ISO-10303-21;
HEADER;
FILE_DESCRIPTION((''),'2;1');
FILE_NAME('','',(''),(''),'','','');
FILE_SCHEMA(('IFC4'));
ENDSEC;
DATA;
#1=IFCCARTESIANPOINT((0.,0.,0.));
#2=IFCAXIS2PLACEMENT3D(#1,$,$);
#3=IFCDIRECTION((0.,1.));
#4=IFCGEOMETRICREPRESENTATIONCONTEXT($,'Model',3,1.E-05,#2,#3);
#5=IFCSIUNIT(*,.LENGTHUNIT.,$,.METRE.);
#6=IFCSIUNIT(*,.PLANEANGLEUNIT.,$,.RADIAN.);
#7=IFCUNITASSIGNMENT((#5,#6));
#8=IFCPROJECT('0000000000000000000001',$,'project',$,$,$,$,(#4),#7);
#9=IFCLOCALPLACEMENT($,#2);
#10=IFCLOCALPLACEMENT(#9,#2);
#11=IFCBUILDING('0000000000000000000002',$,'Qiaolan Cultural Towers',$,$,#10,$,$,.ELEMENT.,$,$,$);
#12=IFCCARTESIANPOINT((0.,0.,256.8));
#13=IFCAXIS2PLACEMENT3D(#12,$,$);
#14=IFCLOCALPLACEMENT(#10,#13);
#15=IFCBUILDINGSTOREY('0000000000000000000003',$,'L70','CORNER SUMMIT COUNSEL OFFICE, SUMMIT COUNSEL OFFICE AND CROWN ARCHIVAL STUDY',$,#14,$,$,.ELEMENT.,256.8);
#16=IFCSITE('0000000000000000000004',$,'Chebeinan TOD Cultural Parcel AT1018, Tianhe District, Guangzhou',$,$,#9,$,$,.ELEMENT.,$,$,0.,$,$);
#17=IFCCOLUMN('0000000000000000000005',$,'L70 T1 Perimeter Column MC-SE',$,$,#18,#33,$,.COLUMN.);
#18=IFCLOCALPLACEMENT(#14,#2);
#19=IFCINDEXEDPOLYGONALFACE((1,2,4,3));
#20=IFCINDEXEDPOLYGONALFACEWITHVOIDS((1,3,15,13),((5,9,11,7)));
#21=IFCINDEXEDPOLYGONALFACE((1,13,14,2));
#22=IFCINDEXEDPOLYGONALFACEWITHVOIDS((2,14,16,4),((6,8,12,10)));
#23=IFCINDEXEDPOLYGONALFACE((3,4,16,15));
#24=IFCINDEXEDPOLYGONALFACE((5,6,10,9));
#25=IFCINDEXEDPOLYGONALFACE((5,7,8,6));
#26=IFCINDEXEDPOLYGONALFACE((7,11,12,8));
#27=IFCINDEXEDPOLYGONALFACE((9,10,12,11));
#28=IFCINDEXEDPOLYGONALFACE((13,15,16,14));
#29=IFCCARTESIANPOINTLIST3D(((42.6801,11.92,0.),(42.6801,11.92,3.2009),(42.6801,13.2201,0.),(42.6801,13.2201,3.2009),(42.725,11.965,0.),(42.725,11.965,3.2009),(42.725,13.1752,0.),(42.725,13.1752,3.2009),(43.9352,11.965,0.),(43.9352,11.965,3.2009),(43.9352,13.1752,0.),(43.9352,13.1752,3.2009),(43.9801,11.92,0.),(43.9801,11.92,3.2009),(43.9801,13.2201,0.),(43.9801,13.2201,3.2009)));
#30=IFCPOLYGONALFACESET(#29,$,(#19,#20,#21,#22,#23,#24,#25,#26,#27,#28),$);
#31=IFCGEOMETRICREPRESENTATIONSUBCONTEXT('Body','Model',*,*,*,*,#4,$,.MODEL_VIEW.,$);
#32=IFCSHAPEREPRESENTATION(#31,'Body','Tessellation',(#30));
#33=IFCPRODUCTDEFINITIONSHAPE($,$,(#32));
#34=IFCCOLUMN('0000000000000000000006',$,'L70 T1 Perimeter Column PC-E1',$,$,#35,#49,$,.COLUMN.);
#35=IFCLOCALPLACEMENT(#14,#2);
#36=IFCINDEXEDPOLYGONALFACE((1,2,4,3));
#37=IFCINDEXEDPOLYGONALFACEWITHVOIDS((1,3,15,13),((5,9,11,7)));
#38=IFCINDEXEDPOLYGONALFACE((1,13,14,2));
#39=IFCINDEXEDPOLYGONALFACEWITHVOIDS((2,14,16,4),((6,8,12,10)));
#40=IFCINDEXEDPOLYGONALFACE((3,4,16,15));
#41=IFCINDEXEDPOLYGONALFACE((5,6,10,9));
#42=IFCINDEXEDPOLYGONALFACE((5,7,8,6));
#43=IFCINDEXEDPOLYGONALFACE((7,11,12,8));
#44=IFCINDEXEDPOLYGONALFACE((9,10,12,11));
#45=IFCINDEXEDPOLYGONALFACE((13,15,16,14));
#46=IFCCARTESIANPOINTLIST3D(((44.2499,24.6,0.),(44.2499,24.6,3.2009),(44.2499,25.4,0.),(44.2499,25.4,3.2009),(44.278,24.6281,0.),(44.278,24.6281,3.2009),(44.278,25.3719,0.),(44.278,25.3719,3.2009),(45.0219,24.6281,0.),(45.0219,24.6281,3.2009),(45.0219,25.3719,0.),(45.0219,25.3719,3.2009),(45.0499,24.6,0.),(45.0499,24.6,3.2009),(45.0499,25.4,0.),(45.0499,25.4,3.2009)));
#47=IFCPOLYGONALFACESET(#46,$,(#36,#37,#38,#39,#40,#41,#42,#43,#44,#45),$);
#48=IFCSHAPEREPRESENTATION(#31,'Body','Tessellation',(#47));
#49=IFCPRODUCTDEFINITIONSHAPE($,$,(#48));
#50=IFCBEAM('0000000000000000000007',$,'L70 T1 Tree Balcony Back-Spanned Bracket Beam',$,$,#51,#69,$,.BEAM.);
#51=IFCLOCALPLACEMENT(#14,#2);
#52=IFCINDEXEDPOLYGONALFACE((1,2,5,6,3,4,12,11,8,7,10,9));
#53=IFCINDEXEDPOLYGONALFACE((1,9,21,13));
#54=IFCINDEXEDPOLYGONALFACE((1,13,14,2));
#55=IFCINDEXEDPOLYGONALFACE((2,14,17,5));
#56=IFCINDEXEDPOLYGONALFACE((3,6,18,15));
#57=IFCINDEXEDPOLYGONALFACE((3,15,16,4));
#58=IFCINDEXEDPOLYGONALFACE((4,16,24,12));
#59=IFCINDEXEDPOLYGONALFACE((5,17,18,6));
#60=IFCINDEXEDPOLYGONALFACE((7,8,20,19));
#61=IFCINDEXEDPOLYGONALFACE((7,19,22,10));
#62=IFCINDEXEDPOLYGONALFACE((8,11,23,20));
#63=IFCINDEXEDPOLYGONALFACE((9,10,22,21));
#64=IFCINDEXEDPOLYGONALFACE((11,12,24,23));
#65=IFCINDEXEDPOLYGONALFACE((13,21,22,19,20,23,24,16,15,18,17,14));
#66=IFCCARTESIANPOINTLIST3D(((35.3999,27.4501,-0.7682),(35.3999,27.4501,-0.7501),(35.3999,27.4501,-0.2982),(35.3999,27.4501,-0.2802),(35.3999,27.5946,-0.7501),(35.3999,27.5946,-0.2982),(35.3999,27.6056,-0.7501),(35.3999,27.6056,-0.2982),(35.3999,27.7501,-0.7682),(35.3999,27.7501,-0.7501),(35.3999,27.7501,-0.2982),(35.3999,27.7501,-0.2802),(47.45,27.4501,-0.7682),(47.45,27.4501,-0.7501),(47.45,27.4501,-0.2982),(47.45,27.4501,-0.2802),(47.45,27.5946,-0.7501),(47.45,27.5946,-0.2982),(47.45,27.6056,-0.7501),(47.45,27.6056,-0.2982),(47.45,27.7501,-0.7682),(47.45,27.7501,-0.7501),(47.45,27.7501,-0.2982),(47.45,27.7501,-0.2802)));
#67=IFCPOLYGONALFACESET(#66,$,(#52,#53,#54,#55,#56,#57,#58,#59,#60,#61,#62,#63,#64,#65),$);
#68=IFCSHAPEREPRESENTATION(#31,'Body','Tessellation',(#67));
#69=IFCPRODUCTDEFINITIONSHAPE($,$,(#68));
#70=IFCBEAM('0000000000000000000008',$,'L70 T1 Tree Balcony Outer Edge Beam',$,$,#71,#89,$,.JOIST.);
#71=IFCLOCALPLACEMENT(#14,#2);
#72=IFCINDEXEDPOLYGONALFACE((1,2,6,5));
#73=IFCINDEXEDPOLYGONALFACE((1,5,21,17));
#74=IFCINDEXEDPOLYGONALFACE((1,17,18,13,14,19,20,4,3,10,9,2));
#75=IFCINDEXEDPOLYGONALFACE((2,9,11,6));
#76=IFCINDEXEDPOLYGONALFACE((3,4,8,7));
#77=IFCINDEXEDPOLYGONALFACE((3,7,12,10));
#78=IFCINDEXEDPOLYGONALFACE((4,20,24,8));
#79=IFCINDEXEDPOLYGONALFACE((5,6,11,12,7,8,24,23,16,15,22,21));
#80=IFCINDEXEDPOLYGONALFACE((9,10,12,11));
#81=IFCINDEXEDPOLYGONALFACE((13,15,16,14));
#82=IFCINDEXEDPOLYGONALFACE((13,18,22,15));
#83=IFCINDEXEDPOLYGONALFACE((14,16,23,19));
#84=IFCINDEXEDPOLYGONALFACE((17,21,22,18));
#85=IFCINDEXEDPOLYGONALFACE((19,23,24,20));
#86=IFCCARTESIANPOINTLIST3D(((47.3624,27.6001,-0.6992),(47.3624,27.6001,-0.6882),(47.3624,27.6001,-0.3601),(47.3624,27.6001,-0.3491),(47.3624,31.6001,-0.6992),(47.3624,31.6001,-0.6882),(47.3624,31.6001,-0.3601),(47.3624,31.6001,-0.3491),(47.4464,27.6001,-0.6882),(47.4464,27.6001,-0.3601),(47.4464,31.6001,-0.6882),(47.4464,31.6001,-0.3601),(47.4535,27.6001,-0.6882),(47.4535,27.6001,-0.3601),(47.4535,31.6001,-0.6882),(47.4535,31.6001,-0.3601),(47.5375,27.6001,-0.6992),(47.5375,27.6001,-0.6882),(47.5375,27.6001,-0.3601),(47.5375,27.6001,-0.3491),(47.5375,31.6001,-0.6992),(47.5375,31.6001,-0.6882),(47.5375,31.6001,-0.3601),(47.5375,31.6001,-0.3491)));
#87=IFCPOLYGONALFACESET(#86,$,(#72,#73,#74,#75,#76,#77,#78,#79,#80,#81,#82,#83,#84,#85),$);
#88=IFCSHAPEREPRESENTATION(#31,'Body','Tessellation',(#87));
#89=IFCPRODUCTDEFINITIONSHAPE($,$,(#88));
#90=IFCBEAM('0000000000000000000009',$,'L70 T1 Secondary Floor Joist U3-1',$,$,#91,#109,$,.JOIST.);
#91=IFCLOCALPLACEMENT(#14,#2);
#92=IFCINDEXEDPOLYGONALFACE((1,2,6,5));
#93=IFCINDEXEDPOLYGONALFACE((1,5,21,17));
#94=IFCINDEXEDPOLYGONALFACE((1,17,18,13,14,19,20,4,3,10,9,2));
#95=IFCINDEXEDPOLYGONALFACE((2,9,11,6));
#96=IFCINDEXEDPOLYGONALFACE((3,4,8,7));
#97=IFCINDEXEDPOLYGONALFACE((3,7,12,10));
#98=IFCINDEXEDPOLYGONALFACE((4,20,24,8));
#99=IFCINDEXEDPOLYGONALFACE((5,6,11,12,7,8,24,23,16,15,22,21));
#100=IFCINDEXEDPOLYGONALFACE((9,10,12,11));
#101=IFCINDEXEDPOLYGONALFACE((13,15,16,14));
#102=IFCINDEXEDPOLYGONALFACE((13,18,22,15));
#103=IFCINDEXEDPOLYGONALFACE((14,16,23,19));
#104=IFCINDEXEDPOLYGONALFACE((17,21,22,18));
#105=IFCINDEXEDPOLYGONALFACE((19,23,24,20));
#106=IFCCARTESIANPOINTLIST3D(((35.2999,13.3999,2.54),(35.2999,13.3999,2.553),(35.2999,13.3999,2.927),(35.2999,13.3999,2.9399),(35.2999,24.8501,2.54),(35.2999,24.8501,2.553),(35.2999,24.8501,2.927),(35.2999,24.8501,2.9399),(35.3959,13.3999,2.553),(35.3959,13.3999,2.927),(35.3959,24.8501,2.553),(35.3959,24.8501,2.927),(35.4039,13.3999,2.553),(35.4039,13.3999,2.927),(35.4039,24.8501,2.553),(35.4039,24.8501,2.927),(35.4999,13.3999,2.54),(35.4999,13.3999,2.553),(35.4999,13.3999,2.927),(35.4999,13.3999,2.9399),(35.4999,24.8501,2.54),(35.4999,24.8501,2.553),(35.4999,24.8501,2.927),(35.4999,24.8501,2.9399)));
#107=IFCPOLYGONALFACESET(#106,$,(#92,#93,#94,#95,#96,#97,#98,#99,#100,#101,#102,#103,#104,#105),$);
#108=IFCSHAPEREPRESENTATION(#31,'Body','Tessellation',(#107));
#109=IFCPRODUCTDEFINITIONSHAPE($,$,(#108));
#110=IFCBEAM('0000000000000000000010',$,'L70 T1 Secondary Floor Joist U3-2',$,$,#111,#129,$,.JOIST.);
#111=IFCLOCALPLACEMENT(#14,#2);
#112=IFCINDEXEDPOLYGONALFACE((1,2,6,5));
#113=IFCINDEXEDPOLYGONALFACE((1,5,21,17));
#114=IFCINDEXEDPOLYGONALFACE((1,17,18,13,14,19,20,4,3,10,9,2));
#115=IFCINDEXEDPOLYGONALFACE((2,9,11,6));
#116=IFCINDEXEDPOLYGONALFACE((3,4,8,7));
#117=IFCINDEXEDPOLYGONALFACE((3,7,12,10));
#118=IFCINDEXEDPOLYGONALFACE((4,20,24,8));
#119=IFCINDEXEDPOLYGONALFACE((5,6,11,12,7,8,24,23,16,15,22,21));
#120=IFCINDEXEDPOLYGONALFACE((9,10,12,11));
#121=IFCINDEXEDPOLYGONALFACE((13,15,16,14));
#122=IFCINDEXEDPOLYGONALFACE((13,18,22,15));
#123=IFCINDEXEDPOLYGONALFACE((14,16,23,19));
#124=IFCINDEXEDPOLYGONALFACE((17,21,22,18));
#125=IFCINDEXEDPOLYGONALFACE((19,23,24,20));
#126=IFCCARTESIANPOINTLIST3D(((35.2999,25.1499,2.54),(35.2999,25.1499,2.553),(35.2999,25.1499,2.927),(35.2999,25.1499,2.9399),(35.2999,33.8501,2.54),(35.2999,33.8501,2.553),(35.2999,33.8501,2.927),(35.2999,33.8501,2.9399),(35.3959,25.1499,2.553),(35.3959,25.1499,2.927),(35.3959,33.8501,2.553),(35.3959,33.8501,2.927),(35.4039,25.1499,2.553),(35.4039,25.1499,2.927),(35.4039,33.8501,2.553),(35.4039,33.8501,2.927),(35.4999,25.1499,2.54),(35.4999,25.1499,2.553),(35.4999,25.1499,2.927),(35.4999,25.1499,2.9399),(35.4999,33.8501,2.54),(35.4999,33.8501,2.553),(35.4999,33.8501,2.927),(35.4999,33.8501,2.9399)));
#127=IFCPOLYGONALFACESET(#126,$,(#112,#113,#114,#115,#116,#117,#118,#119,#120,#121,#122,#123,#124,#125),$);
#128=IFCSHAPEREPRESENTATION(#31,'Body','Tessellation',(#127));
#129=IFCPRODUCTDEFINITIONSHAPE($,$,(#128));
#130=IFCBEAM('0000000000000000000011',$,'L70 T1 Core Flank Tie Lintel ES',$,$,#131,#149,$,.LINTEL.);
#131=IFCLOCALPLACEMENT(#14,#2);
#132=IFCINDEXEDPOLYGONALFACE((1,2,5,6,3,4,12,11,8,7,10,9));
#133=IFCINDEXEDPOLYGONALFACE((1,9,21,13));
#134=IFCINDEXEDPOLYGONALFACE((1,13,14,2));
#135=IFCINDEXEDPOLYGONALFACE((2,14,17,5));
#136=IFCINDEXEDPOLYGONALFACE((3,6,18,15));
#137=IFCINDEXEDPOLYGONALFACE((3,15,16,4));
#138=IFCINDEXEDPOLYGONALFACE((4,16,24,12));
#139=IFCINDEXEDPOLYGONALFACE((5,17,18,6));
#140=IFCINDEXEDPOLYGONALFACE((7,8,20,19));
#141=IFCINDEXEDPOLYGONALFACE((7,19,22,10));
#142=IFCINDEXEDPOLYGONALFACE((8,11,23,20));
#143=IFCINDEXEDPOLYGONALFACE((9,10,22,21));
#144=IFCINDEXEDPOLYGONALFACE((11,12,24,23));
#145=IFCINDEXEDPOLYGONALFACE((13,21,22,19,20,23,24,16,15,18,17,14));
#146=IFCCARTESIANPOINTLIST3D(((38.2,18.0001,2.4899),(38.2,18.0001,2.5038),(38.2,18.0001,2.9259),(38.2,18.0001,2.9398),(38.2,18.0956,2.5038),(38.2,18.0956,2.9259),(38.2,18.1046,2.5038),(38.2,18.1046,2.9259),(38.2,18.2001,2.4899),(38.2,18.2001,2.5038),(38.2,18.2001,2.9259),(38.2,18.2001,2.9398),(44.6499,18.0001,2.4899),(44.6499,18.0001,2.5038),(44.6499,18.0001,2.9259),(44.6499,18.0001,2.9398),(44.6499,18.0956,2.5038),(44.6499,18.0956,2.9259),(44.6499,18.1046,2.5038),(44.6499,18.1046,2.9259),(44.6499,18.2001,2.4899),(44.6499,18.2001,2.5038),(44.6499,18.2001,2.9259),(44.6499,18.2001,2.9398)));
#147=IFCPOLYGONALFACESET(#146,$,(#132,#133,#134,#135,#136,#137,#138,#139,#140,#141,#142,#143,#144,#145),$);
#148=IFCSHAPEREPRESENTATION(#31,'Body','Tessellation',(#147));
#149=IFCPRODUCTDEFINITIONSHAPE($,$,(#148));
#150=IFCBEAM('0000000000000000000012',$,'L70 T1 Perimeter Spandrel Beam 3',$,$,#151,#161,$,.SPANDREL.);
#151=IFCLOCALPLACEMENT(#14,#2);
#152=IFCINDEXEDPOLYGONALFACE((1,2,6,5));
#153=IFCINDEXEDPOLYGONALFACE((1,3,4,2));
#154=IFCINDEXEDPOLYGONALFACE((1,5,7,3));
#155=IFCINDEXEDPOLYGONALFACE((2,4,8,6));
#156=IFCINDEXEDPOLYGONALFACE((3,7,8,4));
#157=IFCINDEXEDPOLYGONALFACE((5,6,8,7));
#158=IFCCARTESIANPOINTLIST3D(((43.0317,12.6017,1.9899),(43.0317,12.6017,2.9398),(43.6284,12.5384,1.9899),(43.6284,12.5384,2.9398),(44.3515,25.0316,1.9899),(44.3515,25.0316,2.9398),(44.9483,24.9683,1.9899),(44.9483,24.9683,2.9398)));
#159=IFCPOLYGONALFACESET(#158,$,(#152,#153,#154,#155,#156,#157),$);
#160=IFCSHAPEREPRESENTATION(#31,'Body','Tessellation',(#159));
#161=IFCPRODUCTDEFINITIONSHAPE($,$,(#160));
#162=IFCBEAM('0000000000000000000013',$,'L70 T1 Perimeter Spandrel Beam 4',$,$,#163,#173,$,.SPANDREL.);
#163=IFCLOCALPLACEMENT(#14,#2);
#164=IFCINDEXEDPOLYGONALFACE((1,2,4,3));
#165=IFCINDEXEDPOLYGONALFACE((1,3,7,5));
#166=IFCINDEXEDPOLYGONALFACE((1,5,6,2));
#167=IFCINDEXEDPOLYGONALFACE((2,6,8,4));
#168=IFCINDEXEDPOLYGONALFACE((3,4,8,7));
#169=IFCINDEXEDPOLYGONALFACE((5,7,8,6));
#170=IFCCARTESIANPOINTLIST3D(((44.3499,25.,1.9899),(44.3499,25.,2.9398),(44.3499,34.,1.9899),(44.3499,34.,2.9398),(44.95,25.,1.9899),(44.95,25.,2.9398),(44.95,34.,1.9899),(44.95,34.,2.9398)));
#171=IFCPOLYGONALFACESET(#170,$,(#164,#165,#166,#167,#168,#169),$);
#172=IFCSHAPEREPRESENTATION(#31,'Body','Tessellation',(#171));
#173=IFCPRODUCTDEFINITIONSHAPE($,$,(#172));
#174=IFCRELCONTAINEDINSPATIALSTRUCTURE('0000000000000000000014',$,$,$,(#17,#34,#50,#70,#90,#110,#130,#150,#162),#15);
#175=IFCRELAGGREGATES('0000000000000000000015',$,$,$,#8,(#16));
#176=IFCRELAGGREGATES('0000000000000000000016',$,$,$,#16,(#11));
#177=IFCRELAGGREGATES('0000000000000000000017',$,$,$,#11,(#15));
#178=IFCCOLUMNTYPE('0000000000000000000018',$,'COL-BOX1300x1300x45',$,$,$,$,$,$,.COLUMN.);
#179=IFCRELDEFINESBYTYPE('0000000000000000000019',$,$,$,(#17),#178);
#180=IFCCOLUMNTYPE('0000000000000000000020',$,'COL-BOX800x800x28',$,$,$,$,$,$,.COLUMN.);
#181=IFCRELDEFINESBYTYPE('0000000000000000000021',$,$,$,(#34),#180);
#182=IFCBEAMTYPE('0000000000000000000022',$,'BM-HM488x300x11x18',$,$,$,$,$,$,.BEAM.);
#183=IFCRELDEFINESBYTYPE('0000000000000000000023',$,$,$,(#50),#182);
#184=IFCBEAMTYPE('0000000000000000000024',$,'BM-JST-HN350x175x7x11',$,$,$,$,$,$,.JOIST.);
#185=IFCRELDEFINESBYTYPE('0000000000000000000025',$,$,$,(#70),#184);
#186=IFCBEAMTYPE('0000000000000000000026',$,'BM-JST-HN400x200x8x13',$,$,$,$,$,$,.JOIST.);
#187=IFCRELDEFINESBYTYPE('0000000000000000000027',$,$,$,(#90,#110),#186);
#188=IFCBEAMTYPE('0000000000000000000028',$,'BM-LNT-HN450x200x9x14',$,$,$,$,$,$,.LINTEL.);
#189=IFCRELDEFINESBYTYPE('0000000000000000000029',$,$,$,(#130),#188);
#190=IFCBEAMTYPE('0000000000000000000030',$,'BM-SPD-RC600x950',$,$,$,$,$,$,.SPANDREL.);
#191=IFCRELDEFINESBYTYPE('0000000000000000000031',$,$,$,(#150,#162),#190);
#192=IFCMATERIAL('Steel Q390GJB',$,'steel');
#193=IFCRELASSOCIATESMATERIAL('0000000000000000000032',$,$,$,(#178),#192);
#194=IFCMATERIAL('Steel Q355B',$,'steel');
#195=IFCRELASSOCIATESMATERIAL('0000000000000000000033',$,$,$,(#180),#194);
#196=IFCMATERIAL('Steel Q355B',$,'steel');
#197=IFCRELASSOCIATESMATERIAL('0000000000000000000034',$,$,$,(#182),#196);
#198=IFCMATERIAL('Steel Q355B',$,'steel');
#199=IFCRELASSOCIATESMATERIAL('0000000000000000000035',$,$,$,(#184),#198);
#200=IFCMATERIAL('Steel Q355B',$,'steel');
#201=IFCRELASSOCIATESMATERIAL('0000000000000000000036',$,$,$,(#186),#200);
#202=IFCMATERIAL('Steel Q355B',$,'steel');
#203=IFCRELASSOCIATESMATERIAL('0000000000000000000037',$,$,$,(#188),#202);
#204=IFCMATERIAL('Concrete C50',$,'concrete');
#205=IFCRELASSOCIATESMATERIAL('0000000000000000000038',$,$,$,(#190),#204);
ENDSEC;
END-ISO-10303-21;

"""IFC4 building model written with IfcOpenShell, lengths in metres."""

from ifc_helpers import new_model, si_unit, direction, frame, origin, origin_2d, place, context, subcontext, project, spatial, rectangle, hollow_rectangle, i_section, extrude, material, material_profile, profile_set, type_object, element, save


model = new_model("IFC4")

# Units and contexts
model_context = context("Model", 3, precision=1e-05, world=origin(), true_north=direction((0.0, 1.0)))
body_context = subcontext(model_context, "Body", "Model", "MODEL_VIEW")
ifc_project = project(units=[si_unit("LENGTHUNIT", "METRE"), si_unit("PLANEANGLEUNIT", "RADIAN")], contexts=[model_context])

# Site, building, storey
site_placement = place(None, origin())
site = spatial("IfcSite", under=ifc_project, at=site_placement, Name="Chebeinan TOD Cultural Parcel AT1018, Tianhe District, Guangzhou", CompositionType="ELEMENT", RefElevation=0.0)
building_placement = place(site_placement, origin())
building = spatial("IfcBuilding", under=site, at=building_placement, Name="Qiaolan Cultural Towers", CompositionType="ELEMENT")
storey_placement = place(building_placement, frame((0.0, 0.0, 256.8)))
storey = spatial("IfcBuildingStorey", under=building, at=storey_placement, Name="L70", Description="CORNER SUMMIT COUNSEL OFFICE, SUMMIT COUNSEL OFFICE AND CROWN ARCHIVAL STUDY", CompositionType="ELEMENT", Elevation=256.8)

# Columns
ifc_material_1 = material(Name="Steel Q390GJB", Category="steel")
ifc_material_profile_1 = material_profile(ifc_material_1, hollow_rectangle(XDim=1.3, YDim=1.3, WallThickness=0.0449, at=origin_2d()), Name="BOX1300x1300x45")
ifc_profile_set_1 = profile_set([ifc_material_profile_1], Name="Steel Q390GJB")
column_type_1 = type_object("IfcColumnType", Name="COL-BOX1300x1300x45", PredefinedType="COLUMN", material=ifc_profile_set_1)
column_1_placement = place(storey_placement, frame((43.3301, 12.5701, 0.0), z_axis=(0.0, 0.0, 1.0), x_axis=(1.0, 0.0, 0.0)))
element("IfcColumn", 1, at=column_1_placement, inside=storey, type_object=column_type_1, Name="L70 T1 Perimeter Column MC-SE", PredefinedType="COLUMN", context=body_context, shape_type="SweptSolid", body=[
    extrude(hollow_rectangle(XDim=1.3, YDim=1.3, WallThickness=0.0449, at=origin_2d()), origin(), (0.0, 0.0, 1.0), 3.2009),
])
ifc_material_2 = material(Name="Steel Q355B", Category="steel")
ifc_material_profile_2 = material_profile(ifc_material_2, hollow_rectangle(XDim=0.8, YDim=0.8, WallThickness=0.0281, at=origin_2d()), Name="BOX800x800x28")
ifc_profile_set_2 = profile_set([ifc_material_profile_2], Name="Steel Q355B")
column_type_2 = type_object("IfcColumnType", Name="COL-BOX800x800x28", PredefinedType="COLUMN", material=ifc_profile_set_2)
column_2_placement = place(storey_placement, frame((44.6499, 25.0, 0.0), z_axis=(0.0, 0.0, 1.0), x_axis=(1.0, 0.0, 0.0)))
element("IfcColumn", 2, at=column_2_placement, inside=storey, type_object=column_type_2, Name="L70 T1 Perimeter Column PC-E1", PredefinedType="COLUMN", context=body_context, shape_type="SweptSolid", body=[
    extrude(hollow_rectangle(XDim=0.8, YDim=0.8, WallThickness=0.0281, at=origin_2d()), origin(), (0.0, 0.0, 1.0), 3.2009),
])

# Beams
ifc_material_3 = material(Name="Steel Q355B", Category="steel")
ifc_material_profile_3 = material_profile(ifc_material_3, i_section(OverallWidth=0.3, OverallDepth=0.488, WebThickness=0.011, FlangeThickness=0.0181, at=origin_2d()), Name="HM488x300x11x18")
ifc_profile_set_3 = profile_set([ifc_material_profile_3], Name="Steel Q355B")
beam_type_1 = type_object("IfcBeamType", Name="BM-HM488x300x11x18", PredefinedType="BEAM", material=ifc_profile_set_3)
beam_1_placement = place(storey_placement, frame((35.3999, 27.6001, -0.5242), z_axis=(1.0, 0.0, 0.0), x_axis=(0.0, 1.0, 0.0)))
element("IfcBeam", 3, at=beam_1_placement, inside=storey, type_object=beam_type_1, Name="L70 T1 Tree Balcony Back-Spanned Bracket Beam", PredefinedType="BEAM", context=body_context, shape_type="SweptSolid", body=[
    extrude(i_section(OverallWidth=0.3, OverallDepth=0.488, WebThickness=0.011, FlangeThickness=0.0181, at=origin_2d()), origin(), (0.0, 0.0, 1.0), 12.05),
])
ifc_material_4 = material(Name="Steel Q355B", Category="steel")
ifc_material_profile_4 = material_profile(ifc_material_4, i_section(OverallWidth=0.175, OverallDepth=0.3501, WebThickness=0.0071, FlangeThickness=0.011, at=origin_2d()), Name="HN350x175x7x11")
ifc_profile_set_4 = profile_set([ifc_material_profile_4], Name="Steel Q355B")
beam_type_2 = type_object("IfcBeamType", Name="BM-JST-HN350x175x7x11", PredefinedType="JOIST", material=ifc_profile_set_4)
beam_2_placement = place(storey_placement, frame((47.45, 27.6001, -0.5242), z_axis=(0.0, 1.0, 0.0), x_axis=(-1.0, 0.0, 0.0)))
element("IfcBeam", 4, at=beam_2_placement, inside=storey, type_object=beam_type_2, Name="L70 T1 Tree Balcony Outer Edge Beam", PredefinedType="JOIST", context=body_context, shape_type="SweptSolid", body=[
    extrude(i_section(OverallWidth=0.175, OverallDepth=0.3501, WebThickness=0.0071, FlangeThickness=0.011, at=origin_2d()), origin(), (0.0, 0.0, 1.0), 4.0),
])
ifc_material_5 = material(Name="Steel Q355B", Category="steel")
ifc_material_profile_5 = material_profile(ifc_material_5, i_section(OverallWidth=0.2, OverallDepth=0.3999, WebThickness=0.0081, FlangeThickness=0.0129, at=origin_2d()), Name="HN400x200x8x13")
ifc_profile_set_5 = profile_set([ifc_material_profile_5], Name="Steel Q355B")
beam_type_3 = type_object("IfcBeamType", Name="BM-JST-HN400x200x8x13", PredefinedType="JOIST", material=ifc_profile_set_5)
beam_3_placement = place(storey_placement, frame((35.3999, 13.3999, 2.74), z_axis=(0.0, 1.0, 0.0), x_axis=(-1.0, 0.0, 0.0)))
element("IfcBeam", 5, at=beam_3_placement, inside=storey, type_object=beam_type_3, Name="L70 T1 Secondary Floor Joist U3-1", PredefinedType="JOIST", context=body_context, shape_type="SweptSolid", body=[
    extrude(i_section(OverallWidth=0.2, OverallDepth=0.3999, WebThickness=0.0081, FlangeThickness=0.0129, at=origin_2d()), origin(), (0.0, 0.0, 1.0), 11.4502),
])
beam_4_placement = place(storey_placement, frame((35.3999, 25.1499, 2.74), z_axis=(0.0, 1.0, 0.0), x_axis=(-1.0, 0.0, 0.0)))
element("IfcBeam", 6, at=beam_4_placement, inside=storey, type_object=beam_type_3, Name="L70 T1 Secondary Floor Joist U3-2", PredefinedType="JOIST", context=body_context, shape_type="SweptSolid", body=[
    extrude(i_section(OverallWidth=0.2, OverallDepth=0.3999, WebThickness=0.0081, FlangeThickness=0.0129, at=origin_2d()), origin(), (0.0, 0.0, 1.0), 8.7002),
])
ifc_material_6 = material(Name="Steel Q355B", Category="steel")
ifc_material_profile_6 = material_profile(ifc_material_6, i_section(OverallWidth=0.2, OverallDepth=0.45, WebThickness=0.009, FlangeThickness=0.0139, at=origin_2d()), Name="HN450x200x9x14")
ifc_profile_set_6 = profile_set([ifc_material_profile_6], Name="Steel Q355B")
beam_type_4 = type_object("IfcBeamType", Name="BM-LNT-HN450x200x9x14", PredefinedType="LINTEL", material=ifc_profile_set_6)
beam_5_placement = place(storey_placement, frame((38.2, 18.1001, 2.7148), z_axis=(1.0, 0.0, 0.0), x_axis=(0.0, 1.0, 0.0)))
element("IfcBeam", 7, at=beam_5_placement, inside=storey, type_object=beam_type_4, Name="L70 T1 Core Flank Tie Lintel ES", PredefinedType="LINTEL", context=body_context, shape_type="SweptSolid", body=[
    extrude(i_section(OverallWidth=0.2, OverallDepth=0.45, WebThickness=0.009, FlangeThickness=0.0139, at=origin_2d()), origin(), (0.0, 0.0, 1.0), 6.45),
])
ifc_material_7 = material(Name="Concrete C50", Category="concrete")
ifc_material_profile_7 = material_profile(ifc_material_7, rectangle(XDim=0.6001, YDim=0.95, at=origin_2d()), Name="RC600x950")
ifc_profile_set_7 = profile_set([ifc_material_profile_7], Name="Concrete C50")
beam_type_5 = type_object("IfcBeamType", Name="BM-SPD-RC600x950", PredefinedType="SPANDREL", material=ifc_profile_set_7)
beam_6_placement = place(storey_placement, frame((43.3301, 12.5701, 2.4648), z_axis=(0.105588, 0.99441, 0.0), x_axis=(-0.99441, 0.105588, 0.0)))
element("IfcBeam", 8, at=beam_6_placement, inside=storey, type_object=beam_type_5, Name="L70 T1 Perimeter Spandrel Beam 3", PredefinedType="SPANDREL", context=body_context, shape_type="SweptSolid", body=[
    extrude(rectangle(XDim=0.6001, YDim=0.95, at=origin_2d()), origin(), (0.0, 0.0, 1.0), 12.4998),
])
beam_7_placement = place(storey_placement, frame((44.6499, 25.0, 2.4648), z_axis=(0.0, 1.0, 0.0), x_axis=(-1.0, 0.0, 0.0)))
element("IfcBeam", 9, at=beam_7_placement, inside=storey, type_object=beam_type_5, Name="L70 T1 Perimeter Spandrel Beam 4", PredefinedType="SPANDREL", context=body_context, shape_type="SweptSolid", body=[
    extrude(rectangle(XDim=0.6001, YDim=0.95, at=origin_2d()), origin(), (0.0, 0.0, 1.0), 9.0),
])

save(model, "model.ifc")
